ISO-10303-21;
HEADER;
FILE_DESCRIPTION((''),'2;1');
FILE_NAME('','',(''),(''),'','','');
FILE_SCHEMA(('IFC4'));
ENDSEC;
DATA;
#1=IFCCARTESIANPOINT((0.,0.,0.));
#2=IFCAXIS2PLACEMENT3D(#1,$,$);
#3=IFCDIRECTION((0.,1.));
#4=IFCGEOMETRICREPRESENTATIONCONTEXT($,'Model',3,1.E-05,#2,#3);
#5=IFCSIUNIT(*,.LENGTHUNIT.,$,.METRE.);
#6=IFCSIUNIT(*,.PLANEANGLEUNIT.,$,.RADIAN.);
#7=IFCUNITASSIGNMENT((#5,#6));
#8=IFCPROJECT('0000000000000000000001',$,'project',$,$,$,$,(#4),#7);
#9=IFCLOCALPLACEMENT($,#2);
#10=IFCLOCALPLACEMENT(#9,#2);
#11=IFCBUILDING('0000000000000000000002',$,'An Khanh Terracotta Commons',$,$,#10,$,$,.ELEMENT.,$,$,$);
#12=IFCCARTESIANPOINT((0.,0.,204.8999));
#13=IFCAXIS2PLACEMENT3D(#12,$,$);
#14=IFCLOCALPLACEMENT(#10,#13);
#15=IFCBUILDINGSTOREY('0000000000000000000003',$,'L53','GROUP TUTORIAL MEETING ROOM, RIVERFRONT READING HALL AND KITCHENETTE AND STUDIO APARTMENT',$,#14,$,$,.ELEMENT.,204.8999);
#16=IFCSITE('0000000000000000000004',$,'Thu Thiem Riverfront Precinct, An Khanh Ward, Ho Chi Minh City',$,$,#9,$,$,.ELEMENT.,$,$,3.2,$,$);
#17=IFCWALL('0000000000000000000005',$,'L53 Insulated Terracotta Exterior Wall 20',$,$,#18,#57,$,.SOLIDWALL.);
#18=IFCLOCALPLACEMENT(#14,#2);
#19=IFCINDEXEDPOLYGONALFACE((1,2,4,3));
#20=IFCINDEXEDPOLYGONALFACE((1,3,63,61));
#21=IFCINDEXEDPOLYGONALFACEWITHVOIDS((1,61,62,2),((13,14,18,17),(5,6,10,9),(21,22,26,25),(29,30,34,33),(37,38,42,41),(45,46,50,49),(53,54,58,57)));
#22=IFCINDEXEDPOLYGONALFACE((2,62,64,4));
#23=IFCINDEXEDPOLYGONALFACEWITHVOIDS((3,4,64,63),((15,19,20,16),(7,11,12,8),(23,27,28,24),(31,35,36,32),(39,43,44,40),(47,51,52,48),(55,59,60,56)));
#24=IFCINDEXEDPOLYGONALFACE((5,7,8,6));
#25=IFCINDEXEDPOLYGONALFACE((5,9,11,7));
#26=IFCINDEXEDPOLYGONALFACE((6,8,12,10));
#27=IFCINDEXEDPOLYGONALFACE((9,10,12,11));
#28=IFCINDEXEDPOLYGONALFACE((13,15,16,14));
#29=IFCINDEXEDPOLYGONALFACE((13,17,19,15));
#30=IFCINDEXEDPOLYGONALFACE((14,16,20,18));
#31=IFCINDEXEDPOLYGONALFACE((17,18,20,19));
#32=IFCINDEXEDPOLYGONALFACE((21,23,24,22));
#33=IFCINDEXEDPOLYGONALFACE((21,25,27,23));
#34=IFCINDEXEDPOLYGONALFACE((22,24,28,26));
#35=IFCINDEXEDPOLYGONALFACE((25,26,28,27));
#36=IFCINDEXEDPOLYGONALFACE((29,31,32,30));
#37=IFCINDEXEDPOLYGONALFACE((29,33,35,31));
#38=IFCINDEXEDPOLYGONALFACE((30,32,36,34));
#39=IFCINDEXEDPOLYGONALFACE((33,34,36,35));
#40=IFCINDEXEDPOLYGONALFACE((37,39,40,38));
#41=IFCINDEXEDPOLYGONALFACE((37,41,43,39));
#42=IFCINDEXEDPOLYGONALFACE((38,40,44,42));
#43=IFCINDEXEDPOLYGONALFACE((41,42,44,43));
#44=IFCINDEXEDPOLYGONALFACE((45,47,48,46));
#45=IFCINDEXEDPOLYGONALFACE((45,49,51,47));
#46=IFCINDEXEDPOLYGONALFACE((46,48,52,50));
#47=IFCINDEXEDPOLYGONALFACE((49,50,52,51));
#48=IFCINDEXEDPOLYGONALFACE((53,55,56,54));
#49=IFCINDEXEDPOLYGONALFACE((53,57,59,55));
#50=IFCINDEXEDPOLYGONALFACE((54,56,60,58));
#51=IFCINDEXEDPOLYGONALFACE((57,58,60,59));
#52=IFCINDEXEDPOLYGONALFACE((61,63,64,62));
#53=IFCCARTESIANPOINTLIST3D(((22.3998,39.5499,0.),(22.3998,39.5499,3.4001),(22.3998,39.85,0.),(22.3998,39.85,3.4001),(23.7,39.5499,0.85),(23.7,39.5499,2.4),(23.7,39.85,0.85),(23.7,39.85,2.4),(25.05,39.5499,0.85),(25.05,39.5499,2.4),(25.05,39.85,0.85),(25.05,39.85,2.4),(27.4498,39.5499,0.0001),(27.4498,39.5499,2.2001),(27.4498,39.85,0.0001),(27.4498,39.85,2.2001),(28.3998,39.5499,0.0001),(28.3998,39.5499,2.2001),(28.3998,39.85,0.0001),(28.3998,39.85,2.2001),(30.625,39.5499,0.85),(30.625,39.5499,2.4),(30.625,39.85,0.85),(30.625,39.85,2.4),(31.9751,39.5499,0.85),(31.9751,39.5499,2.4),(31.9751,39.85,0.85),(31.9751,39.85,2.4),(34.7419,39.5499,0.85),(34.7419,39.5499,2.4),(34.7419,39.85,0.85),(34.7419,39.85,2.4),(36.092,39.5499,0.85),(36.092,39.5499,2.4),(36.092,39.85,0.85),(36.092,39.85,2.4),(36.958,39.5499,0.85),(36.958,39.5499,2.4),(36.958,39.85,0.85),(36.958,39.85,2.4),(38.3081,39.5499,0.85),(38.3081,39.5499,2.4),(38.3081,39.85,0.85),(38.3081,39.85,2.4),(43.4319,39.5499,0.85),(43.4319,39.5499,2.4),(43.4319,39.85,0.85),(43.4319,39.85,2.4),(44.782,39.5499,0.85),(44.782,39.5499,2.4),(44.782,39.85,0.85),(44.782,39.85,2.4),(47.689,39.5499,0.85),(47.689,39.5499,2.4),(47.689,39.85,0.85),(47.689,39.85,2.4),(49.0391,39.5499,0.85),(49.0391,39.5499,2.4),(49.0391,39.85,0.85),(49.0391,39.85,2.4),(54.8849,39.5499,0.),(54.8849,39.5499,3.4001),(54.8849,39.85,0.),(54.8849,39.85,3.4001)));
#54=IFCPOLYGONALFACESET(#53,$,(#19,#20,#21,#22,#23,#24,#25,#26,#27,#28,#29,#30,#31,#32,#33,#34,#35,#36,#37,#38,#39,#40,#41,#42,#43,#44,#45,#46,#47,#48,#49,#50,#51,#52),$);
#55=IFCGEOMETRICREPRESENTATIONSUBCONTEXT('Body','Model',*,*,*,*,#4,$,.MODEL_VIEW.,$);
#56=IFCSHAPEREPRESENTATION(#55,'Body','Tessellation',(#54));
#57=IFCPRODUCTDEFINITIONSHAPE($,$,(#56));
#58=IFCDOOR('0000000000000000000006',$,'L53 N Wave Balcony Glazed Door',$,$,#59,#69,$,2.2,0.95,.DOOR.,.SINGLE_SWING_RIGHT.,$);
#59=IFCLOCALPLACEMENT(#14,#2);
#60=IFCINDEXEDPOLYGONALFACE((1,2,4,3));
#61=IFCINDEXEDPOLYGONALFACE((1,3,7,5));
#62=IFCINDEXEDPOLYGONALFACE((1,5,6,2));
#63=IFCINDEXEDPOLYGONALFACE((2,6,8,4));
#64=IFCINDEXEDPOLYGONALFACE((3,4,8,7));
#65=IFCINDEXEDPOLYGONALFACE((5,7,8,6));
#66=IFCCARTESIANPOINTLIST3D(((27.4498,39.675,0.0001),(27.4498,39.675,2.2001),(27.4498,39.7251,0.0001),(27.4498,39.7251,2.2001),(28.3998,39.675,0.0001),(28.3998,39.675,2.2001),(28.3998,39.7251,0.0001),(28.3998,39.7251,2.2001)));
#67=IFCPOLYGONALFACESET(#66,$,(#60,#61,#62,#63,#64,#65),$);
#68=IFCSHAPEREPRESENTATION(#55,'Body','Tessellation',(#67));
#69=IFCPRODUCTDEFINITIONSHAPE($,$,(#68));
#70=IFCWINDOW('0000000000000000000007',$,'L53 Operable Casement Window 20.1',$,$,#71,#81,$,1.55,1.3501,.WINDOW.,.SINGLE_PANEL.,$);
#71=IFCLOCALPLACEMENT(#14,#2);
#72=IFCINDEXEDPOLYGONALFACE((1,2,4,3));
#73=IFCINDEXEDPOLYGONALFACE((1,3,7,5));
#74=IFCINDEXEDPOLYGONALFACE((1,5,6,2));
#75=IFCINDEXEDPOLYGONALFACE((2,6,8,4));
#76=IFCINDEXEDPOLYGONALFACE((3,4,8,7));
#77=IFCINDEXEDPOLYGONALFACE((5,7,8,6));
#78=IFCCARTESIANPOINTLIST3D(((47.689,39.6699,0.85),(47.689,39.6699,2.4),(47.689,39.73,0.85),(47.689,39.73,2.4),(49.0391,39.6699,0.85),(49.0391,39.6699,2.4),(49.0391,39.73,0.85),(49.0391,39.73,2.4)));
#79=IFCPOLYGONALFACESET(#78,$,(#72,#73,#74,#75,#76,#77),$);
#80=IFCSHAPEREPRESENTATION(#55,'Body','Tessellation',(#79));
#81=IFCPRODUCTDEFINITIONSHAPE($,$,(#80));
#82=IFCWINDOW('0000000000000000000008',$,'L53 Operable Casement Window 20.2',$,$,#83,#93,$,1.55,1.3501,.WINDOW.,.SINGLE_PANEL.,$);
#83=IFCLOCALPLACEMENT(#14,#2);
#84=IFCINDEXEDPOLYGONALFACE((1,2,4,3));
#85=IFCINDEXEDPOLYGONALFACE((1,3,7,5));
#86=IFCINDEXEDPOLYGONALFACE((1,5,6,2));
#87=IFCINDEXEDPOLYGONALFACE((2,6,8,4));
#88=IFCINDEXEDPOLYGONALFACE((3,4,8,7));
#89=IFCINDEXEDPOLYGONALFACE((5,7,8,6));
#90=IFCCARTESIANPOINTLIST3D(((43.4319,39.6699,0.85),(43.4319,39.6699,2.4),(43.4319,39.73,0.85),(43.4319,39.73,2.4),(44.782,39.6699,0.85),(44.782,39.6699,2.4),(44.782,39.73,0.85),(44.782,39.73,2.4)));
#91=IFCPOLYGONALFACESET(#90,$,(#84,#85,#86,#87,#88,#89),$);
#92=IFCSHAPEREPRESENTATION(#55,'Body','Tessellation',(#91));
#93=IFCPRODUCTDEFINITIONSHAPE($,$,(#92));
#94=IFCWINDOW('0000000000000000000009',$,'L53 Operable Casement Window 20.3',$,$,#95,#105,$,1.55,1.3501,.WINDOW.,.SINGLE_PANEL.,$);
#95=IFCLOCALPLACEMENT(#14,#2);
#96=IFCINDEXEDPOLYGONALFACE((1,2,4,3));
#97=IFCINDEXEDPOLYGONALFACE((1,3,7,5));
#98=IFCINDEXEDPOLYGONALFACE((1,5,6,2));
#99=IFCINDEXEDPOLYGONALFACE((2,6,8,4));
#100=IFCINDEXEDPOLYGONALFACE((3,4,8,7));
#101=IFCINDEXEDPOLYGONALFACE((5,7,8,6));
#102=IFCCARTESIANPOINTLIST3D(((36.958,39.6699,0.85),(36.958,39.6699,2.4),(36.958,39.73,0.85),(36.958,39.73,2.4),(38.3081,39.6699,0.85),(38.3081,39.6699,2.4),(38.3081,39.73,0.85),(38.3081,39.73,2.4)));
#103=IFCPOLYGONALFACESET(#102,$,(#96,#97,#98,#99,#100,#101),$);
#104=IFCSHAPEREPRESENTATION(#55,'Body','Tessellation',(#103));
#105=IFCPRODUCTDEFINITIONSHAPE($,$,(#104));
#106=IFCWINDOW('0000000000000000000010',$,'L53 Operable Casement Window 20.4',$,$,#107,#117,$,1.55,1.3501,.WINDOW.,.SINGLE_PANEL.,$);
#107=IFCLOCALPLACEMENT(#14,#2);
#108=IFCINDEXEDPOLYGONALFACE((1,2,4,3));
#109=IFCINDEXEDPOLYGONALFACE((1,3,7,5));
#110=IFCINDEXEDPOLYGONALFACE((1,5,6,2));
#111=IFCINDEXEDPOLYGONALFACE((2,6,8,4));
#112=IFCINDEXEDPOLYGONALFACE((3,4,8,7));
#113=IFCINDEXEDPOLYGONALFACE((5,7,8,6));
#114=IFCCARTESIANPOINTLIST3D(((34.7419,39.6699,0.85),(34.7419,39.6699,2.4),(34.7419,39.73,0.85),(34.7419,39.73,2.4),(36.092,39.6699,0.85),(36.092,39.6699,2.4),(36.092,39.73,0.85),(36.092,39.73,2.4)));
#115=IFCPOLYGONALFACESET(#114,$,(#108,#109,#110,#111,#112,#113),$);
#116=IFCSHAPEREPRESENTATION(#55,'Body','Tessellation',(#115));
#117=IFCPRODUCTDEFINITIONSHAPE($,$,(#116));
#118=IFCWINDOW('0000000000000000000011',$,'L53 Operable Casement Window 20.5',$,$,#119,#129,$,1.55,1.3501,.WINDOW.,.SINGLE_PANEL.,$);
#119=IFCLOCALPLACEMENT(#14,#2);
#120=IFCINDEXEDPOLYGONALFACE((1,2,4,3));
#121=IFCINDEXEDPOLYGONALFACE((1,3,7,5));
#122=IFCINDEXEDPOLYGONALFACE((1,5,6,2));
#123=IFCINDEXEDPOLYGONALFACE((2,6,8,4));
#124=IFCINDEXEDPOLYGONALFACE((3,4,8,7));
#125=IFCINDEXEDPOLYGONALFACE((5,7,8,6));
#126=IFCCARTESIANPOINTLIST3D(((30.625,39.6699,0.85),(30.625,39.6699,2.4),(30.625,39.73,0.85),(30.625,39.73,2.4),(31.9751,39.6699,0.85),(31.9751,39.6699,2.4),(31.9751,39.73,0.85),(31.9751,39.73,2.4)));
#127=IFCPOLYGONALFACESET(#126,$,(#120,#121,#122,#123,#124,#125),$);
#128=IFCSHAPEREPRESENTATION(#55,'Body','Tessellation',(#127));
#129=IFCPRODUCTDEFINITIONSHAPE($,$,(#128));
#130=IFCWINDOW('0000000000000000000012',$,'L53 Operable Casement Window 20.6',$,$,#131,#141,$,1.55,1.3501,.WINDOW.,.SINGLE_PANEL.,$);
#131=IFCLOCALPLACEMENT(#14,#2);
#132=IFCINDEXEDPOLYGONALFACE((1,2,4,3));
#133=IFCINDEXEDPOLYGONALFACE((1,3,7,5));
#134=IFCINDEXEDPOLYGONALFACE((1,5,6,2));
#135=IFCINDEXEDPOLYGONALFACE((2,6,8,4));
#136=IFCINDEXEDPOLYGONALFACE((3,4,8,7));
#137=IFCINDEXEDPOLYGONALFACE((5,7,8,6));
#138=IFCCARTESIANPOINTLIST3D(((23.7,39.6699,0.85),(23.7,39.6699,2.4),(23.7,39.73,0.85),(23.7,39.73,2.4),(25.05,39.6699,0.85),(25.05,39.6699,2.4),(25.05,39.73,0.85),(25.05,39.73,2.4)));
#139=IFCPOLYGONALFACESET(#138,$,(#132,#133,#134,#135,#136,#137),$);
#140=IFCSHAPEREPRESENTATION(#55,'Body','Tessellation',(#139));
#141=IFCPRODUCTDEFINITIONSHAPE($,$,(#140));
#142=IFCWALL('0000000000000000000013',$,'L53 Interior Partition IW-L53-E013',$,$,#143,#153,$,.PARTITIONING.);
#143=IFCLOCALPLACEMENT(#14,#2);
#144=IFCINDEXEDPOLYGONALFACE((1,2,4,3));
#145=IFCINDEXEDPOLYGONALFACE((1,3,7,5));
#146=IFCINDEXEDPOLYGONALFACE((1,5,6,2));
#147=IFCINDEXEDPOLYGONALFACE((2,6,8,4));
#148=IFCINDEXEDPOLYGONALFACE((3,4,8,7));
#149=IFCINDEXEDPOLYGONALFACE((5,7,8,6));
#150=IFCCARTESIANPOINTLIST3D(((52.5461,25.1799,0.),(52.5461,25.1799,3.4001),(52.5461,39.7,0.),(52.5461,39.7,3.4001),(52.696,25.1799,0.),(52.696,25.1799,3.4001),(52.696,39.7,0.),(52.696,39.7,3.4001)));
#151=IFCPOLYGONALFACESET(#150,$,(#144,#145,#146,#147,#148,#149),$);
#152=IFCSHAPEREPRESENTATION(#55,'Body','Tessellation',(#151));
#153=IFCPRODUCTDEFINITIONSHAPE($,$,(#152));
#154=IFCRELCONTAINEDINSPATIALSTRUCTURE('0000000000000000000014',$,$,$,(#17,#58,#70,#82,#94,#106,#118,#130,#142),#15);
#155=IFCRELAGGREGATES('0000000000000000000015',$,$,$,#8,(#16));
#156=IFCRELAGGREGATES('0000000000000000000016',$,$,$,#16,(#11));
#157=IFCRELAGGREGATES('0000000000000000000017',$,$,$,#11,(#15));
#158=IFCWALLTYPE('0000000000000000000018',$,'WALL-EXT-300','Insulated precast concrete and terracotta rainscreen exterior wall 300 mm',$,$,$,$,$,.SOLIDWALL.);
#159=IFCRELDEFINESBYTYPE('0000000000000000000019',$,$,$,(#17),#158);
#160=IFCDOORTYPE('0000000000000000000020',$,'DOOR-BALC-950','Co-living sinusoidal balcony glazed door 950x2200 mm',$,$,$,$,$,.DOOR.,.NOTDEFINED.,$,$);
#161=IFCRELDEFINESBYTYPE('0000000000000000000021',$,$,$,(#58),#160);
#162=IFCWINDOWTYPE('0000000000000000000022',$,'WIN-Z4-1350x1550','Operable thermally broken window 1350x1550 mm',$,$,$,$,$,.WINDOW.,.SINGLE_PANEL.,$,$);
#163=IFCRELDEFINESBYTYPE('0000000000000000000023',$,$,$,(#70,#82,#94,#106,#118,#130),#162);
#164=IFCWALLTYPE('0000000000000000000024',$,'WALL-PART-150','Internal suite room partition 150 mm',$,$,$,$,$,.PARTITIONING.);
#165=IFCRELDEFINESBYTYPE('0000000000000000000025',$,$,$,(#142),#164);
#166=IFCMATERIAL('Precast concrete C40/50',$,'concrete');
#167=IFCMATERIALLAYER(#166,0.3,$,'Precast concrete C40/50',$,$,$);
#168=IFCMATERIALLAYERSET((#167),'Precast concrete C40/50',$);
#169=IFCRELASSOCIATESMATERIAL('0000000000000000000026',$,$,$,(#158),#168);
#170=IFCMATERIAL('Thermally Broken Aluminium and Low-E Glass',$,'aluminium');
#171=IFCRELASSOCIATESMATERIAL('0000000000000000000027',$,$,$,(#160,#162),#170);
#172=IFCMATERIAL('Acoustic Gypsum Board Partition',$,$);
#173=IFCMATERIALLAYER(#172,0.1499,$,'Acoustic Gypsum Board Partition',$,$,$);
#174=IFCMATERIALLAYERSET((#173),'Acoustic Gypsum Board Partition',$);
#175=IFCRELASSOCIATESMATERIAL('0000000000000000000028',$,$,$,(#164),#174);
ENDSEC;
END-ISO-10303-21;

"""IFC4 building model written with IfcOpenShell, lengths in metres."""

from ifc_helpers import new_model, si_unit, direction, frame, frame_2d, origin, place, context, subcontext, project, spatial, rectangle, extrude, material, layer, layer_set, type_object, element, fill, save


model = new_model("IFC4")

# Units and contexts
model_context = context("Model", 3, precision=1e-05, world=origin(), true_north=direction((0.0, 1.0)))
body_context = subcontext(model_context, "Body", "Model", "MODEL_VIEW")
ifc_project = project(units=[si_unit("LENGTHUNIT", "METRE"), si_unit("PLANEANGLEUNIT", "RADIAN")], contexts=[model_context])

# Site, building, storey
site_placement = place(None, origin())
site = spatial("IfcSite", under=ifc_project, at=site_placement, Name="Thu Thiem Riverfront Precinct, An Khanh Ward, Ho Chi Minh City", CompositionType="ELEMENT", RefElevation=3.2)
building_placement = place(site_placement, origin())
building = spatial("IfcBuilding", under=site, at=building_placement, Name="An Khanh Terracotta Commons", CompositionType="ELEMENT")
storey_placement = place(building_placement, frame((0.0, 0.0, 204.8999)))
storey = spatial("IfcBuildingStorey", under=building, at=storey_placement, Name="L53", Description="GROUP TUTORIAL MEETING ROOM, RIVERFRONT READING HALL AND KITCHENETTE AND STUDIO APARTMENT", CompositionType="ELEMENT", Elevation=204.8999)

# Shared definitions
ifc_material_1 = material(Name="Precast concrete C40/50", Category="concrete")
ifc_layer_1 = layer(ifc_material_1, 0.3, Name="Precast concrete C40/50")
ifc_layer_set_1 = layer_set([ifc_layer_1], Name="Precast concrete C40/50")
wall_type_1 = type_object("IfcWallType", Name="WALL-EXT-300", Description="Insulated precast concrete and terracotta rainscreen exterior wall 300 mm", PredefinedType="SOLIDWALL", material=ifc_layer_set_1)

# Wall, openings, door, windows
wall_1_placement = place(storey_placement, frame((54.885, 39.7, 0.0), z_axis=(0.0, 0.0, 1.0), x_axis=(-1.0, 0.0, 0.0)))
wall_1 = element("IfcWall", 1, at=wall_1_placement, inside=storey, type_object=wall_type_1, Name="L53 Insulated Terracotta Exterior Wall 20", PredefinedType="SOLIDWALL", context=body_context, shape_type="SweptSolid", body=[
    extrude(rectangle(XDim=32.4851, YDim=0.3, at=frame_2d((16.2427, 0.0))), origin(), (0.0, 0.0, 1.0), 3.4001),
])
opening_1_placement = place(wall_1_placement, frame((26.4851, 0.0, 0.0)))
opening_1 = element("IfcOpeningElement", 2, at=opening_1_placement, cuts=wall_1, PredefinedType="OPENING", context=body_context, shape_type="SweptSolid", body=[
    extrude(rectangle(XDim=0.95, YDim=2.2, at=frame_2d((0.4751, 1.1001))), frame((0.0, 0.1599, 0.0), z_axis=(0.0, -1.0, 0.0), x_axis=(1.0, 0.0, 0.0)), (0.0, 0.0, 1.0), 0.3201),
])
opening_2_placement = place(wall_1_placement, frame((5.8459, 0.0, 0.8501)))
opening_2 = element("IfcOpeningElement", 3, at=opening_2_placement, cuts=wall_1, PredefinedType="OPENING", context=body_context, shape_type="SweptSolid", body=[
    extrude(rectangle(XDim=1.3501, YDim=1.55, at=frame_2d((0.675, 0.7749))), frame((0.0, 0.1599, 0.0), z_axis=(0.0, -1.0, 0.0), x_axis=(1.0, 0.0, 0.0)), (0.0, 0.0, 1.0), 0.3201),
])
opening_3_placement = place(wall_1_placement, frame((10.103, 0.0, 0.8501)))
opening_3 = element("IfcOpeningElement", 4, at=opening_3_placement, cuts=wall_1, PredefinedType="OPENING", context=body_context, shape_type="SweptSolid", body=[
    extrude(rectangle(XDim=1.3501, YDim=1.55, at=frame_2d((0.675, 0.7749))), frame((0.0, 0.1599, 0.0), z_axis=(0.0, -1.0, 0.0), x_axis=(1.0, 0.0, 0.0)), (0.0, 0.0, 1.0), 0.3201),
])
opening_4_placement = place(wall_1_placement, frame((16.5769, 0.0, 0.8501)))
opening_4 = element("IfcOpeningElement", 5, at=opening_4_placement, cuts=wall_1, PredefinedType="OPENING", context=body_context, shape_type="SweptSolid", body=[
    extrude(rectangle(XDim=1.3501, YDim=1.55, at=frame_2d((0.675, 0.7749))), frame((0.0, 0.1599, 0.0), z_axis=(0.0, -1.0, 0.0), x_axis=(1.0, 0.0, 0.0)), (0.0, 0.0, 1.0), 0.3201),
])
opening_5_placement = place(wall_1_placement, frame((18.793, 0.0, 0.8501)))
opening_5 = element("IfcOpeningElement", 6, at=opening_5_placement, cuts=wall_1, PredefinedType="OPENING", context=body_context, shape_type="SweptSolid", body=[
    extrude(rectangle(XDim=1.3501, YDim=1.55, at=frame_2d((0.675, 0.7749))), frame((0.0, 0.1599, 0.0), z_axis=(0.0, -1.0, 0.0), x_axis=(1.0, 0.0, 0.0)), (0.0, 0.0, 1.0), 0.3201),
])
opening_6_placement = place(wall_1_placement, frame((22.9099, 0.0, 0.8501)))
opening_6 = element("IfcOpeningElement", 7, at=opening_6_placement, cuts=wall_1, PredefinedType="OPENING", context=body_context, shape_type="SweptSolid", body=[
    extrude(rectangle(XDim=1.3501, YDim=1.55, at=frame_2d((0.675, 0.7749))), frame((0.0, 0.1599, 0.0), z_axis=(0.0, -1.0, 0.0), x_axis=(1.0, 0.0, 0.0)), (0.0, 0.0, 1.0), 0.3201),
])
opening_7_placement = place(wall_1_placement, frame((29.835, 0.0, 0.8501)))
opening_7 = element("IfcOpeningElement", 8, at=opening_7_placement, cuts=wall_1, PredefinedType="OPENING", context=body_context, shape_type="SweptSolid", body=[
    extrude(rectangle(XDim=1.3501, YDim=1.55, at=frame_2d((0.675, 0.7749))), frame((0.0, 0.1599, 0.0), z_axis=(0.0, -1.0, 0.0), x_axis=(1.0, 0.0, 0.0)), (0.0, 0.0, 1.0), 0.3201),
])
ifc_material_2 = material(Name="Thermally Broken Aluminium and Low-E Glass", Category="aluminium")
door_type = type_object("IfcDoorType", Name="DOOR-BALC-950", Description="Co-living sinusoidal balcony glazed door 950x2200 mm", OperationType="NOTDEFINED", PredefinedType="DOOR", material=ifc_material_2)
door_placement = place(opening_1_placement, origin())
door = element("IfcDoor", 9, at=door_placement, inside=storey, type_object=door_type, Name="L53 N Wave Balcony Glazed Door", OperationType="SINGLE_SWING_RIGHT", OverallHeight=2.2, OverallWidth=0.95, PredefinedType="DOOR", context=body_context, shape_type="SweptSolid", body=[
    extrude(rectangle(XDim=0.95, YDim=2.2, at=frame_2d((0.4751, 1.1001))), frame((0.0, 0.0249, 0.0), z_axis=(0.0, -1.0, 0.0), x_axis=(1.0, 0.0, 0.0)), (0.0, 0.0, 1.0), 0.05),
])
fill(opening_1, door)
window_type = type_object("IfcWindowType", Name="WIN-Z4-1350x1550", Description="Operable thermally broken window 1350x1550 mm", PartitioningType="SINGLE_PANEL", PredefinedType="WINDOW", material=ifc_material_2)
window_1_placement = place(opening_2_placement, origin())
window_1 = element("IfcWindow", 10, at=window_1_placement, inside=storey, type_object=window_type, Name="L53 Operable Casement Window 20.1", OverallHeight=1.55, OverallWidth=1.3501, PartitioningType="SINGLE_PANEL", PredefinedType="WINDOW", context=body_context, shape_type="SweptSolid", body=[
    extrude(rectangle(XDim=1.3501, YDim=1.55, at=frame_2d((0.675, 0.7749))), frame((0.0, 0.03, 0.0), z_axis=(0.0, -1.0, 0.0), x_axis=(1.0, 0.0, 0.0)), (0.0, 0.0, 1.0), 0.0601),
])
fill(opening_2, window_1)
window_2_placement = place(opening_3_placement, origin())
window_2 = element("IfcWindow", 11, at=window_2_placement, inside=storey, type_object=window_type, Name="L53 Operable Casement Window 20.2", OverallHeight=1.55, OverallWidth=1.3501, PartitioningType="SINGLE_PANEL", PredefinedType="WINDOW", context=body_context, shape_type="SweptSolid", body=[
    extrude(rectangle(XDim=1.3501, YDim=1.55, at=frame_2d((0.675, 0.7749))), frame((0.0, 0.03, 0.0), z_axis=(0.0, -1.0, 0.0), x_axis=(1.0, 0.0, 0.0)), (0.0, 0.0, 1.0), 0.0601),
])
fill(opening_3, window_2)
window_3_placement = place(opening_4_placement, origin())
window_3 = element("IfcWindow", 12, at=window_3_placement, inside=storey, type_object=window_type, Name="L53 Operable Casement Window 20.3", OverallHeight=1.55, OverallWidth=1.3501, PartitioningType="SINGLE_PANEL", PredefinedType="WINDOW", context=body_context, shape_type="SweptSolid", body=[
    extrude(rectangle(XDim=1.3501, YDim=1.55, at=frame_2d((0.675, 0.7749))), frame((0.0, 0.03, 0.0), z_axis=(0.0, -1.0, 0.0), x_axis=(1.0, 0.0, 0.0)), (0.0, 0.0, 1.0), 0.0601),
])
fill(opening_4, window_3)
window_4_placement = place(opening_5_placement, origin())
window_4 = element("IfcWindow", 13, at=window_4_placement, inside=storey, type_object=window_type, Name="L53 Operable Casement Window 20.4", OverallHeight=1.55, OverallWidth=1.3501, PartitioningType="SINGLE_PANEL", PredefinedType="WINDOW", context=body_context, shape_type="SweptSolid", body=[
    extrude(rectangle(XDim=1.3501, YDim=1.55, at=frame_2d((0.675, 0.7749))), frame((0.0, 0.03, 0.0), z_axis=(0.0, -1.0, 0.0), x_axis=(1.0, 0.0, 0.0)), (0.0, 0.0, 1.0), 0.0601),
])
fill(opening_5, window_4)
window_5_placement = place(opening_6_placement, origin())
window_5 = element("IfcWindow", 14, at=window_5_placement, inside=storey, type_object=window_type, Name="L53 Operable Casement Window 20.5", OverallHeight=1.55, OverallWidth=1.3501, PartitioningType="SINGLE_PANEL", PredefinedType="WINDOW", context=body_context, shape_type="SweptSolid", body=[
    extrude(rectangle(XDim=1.3501, YDim=1.55, at=frame_2d((0.675, 0.7749))), frame((0.0, 0.03, 0.0), z_axis=(0.0, -1.0, 0.0), x_axis=(1.0, 0.0, 0.0)), (0.0, 0.0, 1.0), 0.0601),
])
fill(opening_6, window_5)
window_6_placement = place(opening_7_placement, origin())
window_6 = element("IfcWindow", 15, at=window_6_placement, inside=storey, type_object=window_type, Name="L53 Operable Casement Window 20.6", OverallHeight=1.55, OverallWidth=1.3501, PartitioningType="SINGLE_PANEL", PredefinedType="WINDOW", context=body_context, shape_type="SweptSolid", body=[
    extrude(rectangle(XDim=1.3501, YDim=1.55, at=frame_2d((0.675, 0.7749))), frame((0.0, 0.03, 0.0), z_axis=(0.0, -1.0, 0.0), x_axis=(1.0, 0.0, 0.0)), (0.0, 0.0, 1.0), 0.0601),
])
fill(opening_7, window_6)

# Wall
ifc_material_3 = material(Name="Acoustic Gypsum Board Partition")
ifc_layer_2 = layer(ifc_material_3, 0.1499, Name="Acoustic Gypsum Board Partition")
ifc_layer_set_2 = layer_set([ifc_layer_2], Name="Acoustic Gypsum Board Partition")
wall_type_2 = type_object("IfcWallType", Name="WALL-PART-150", Description="Internal suite room partition 150 mm", PredefinedType="PARTITIONING", material=ifc_layer_set_2)
wall_2_placement = place(storey_placement, frame((52.6211, 25.1799, 0.0), z_axis=(0.0, 0.0, 1.0), x_axis=(0.0, 1.0, 0.0)))
element("IfcWall", 16, at=wall_2_placement, inside=storey, type_object=wall_type_2, Name="L53 Interior Partition IW-L53-E013", PredefinedType="PARTITIONING", context=body_context, shape_type="SweptSolid", body=[
    extrude(rectangle(XDim=14.52, YDim=0.1499, at=frame_2d((7.26, 0.0))), origin(), (0.0, 0.0, 1.0), 3.4001),
])

save(model, "model.ifc")
